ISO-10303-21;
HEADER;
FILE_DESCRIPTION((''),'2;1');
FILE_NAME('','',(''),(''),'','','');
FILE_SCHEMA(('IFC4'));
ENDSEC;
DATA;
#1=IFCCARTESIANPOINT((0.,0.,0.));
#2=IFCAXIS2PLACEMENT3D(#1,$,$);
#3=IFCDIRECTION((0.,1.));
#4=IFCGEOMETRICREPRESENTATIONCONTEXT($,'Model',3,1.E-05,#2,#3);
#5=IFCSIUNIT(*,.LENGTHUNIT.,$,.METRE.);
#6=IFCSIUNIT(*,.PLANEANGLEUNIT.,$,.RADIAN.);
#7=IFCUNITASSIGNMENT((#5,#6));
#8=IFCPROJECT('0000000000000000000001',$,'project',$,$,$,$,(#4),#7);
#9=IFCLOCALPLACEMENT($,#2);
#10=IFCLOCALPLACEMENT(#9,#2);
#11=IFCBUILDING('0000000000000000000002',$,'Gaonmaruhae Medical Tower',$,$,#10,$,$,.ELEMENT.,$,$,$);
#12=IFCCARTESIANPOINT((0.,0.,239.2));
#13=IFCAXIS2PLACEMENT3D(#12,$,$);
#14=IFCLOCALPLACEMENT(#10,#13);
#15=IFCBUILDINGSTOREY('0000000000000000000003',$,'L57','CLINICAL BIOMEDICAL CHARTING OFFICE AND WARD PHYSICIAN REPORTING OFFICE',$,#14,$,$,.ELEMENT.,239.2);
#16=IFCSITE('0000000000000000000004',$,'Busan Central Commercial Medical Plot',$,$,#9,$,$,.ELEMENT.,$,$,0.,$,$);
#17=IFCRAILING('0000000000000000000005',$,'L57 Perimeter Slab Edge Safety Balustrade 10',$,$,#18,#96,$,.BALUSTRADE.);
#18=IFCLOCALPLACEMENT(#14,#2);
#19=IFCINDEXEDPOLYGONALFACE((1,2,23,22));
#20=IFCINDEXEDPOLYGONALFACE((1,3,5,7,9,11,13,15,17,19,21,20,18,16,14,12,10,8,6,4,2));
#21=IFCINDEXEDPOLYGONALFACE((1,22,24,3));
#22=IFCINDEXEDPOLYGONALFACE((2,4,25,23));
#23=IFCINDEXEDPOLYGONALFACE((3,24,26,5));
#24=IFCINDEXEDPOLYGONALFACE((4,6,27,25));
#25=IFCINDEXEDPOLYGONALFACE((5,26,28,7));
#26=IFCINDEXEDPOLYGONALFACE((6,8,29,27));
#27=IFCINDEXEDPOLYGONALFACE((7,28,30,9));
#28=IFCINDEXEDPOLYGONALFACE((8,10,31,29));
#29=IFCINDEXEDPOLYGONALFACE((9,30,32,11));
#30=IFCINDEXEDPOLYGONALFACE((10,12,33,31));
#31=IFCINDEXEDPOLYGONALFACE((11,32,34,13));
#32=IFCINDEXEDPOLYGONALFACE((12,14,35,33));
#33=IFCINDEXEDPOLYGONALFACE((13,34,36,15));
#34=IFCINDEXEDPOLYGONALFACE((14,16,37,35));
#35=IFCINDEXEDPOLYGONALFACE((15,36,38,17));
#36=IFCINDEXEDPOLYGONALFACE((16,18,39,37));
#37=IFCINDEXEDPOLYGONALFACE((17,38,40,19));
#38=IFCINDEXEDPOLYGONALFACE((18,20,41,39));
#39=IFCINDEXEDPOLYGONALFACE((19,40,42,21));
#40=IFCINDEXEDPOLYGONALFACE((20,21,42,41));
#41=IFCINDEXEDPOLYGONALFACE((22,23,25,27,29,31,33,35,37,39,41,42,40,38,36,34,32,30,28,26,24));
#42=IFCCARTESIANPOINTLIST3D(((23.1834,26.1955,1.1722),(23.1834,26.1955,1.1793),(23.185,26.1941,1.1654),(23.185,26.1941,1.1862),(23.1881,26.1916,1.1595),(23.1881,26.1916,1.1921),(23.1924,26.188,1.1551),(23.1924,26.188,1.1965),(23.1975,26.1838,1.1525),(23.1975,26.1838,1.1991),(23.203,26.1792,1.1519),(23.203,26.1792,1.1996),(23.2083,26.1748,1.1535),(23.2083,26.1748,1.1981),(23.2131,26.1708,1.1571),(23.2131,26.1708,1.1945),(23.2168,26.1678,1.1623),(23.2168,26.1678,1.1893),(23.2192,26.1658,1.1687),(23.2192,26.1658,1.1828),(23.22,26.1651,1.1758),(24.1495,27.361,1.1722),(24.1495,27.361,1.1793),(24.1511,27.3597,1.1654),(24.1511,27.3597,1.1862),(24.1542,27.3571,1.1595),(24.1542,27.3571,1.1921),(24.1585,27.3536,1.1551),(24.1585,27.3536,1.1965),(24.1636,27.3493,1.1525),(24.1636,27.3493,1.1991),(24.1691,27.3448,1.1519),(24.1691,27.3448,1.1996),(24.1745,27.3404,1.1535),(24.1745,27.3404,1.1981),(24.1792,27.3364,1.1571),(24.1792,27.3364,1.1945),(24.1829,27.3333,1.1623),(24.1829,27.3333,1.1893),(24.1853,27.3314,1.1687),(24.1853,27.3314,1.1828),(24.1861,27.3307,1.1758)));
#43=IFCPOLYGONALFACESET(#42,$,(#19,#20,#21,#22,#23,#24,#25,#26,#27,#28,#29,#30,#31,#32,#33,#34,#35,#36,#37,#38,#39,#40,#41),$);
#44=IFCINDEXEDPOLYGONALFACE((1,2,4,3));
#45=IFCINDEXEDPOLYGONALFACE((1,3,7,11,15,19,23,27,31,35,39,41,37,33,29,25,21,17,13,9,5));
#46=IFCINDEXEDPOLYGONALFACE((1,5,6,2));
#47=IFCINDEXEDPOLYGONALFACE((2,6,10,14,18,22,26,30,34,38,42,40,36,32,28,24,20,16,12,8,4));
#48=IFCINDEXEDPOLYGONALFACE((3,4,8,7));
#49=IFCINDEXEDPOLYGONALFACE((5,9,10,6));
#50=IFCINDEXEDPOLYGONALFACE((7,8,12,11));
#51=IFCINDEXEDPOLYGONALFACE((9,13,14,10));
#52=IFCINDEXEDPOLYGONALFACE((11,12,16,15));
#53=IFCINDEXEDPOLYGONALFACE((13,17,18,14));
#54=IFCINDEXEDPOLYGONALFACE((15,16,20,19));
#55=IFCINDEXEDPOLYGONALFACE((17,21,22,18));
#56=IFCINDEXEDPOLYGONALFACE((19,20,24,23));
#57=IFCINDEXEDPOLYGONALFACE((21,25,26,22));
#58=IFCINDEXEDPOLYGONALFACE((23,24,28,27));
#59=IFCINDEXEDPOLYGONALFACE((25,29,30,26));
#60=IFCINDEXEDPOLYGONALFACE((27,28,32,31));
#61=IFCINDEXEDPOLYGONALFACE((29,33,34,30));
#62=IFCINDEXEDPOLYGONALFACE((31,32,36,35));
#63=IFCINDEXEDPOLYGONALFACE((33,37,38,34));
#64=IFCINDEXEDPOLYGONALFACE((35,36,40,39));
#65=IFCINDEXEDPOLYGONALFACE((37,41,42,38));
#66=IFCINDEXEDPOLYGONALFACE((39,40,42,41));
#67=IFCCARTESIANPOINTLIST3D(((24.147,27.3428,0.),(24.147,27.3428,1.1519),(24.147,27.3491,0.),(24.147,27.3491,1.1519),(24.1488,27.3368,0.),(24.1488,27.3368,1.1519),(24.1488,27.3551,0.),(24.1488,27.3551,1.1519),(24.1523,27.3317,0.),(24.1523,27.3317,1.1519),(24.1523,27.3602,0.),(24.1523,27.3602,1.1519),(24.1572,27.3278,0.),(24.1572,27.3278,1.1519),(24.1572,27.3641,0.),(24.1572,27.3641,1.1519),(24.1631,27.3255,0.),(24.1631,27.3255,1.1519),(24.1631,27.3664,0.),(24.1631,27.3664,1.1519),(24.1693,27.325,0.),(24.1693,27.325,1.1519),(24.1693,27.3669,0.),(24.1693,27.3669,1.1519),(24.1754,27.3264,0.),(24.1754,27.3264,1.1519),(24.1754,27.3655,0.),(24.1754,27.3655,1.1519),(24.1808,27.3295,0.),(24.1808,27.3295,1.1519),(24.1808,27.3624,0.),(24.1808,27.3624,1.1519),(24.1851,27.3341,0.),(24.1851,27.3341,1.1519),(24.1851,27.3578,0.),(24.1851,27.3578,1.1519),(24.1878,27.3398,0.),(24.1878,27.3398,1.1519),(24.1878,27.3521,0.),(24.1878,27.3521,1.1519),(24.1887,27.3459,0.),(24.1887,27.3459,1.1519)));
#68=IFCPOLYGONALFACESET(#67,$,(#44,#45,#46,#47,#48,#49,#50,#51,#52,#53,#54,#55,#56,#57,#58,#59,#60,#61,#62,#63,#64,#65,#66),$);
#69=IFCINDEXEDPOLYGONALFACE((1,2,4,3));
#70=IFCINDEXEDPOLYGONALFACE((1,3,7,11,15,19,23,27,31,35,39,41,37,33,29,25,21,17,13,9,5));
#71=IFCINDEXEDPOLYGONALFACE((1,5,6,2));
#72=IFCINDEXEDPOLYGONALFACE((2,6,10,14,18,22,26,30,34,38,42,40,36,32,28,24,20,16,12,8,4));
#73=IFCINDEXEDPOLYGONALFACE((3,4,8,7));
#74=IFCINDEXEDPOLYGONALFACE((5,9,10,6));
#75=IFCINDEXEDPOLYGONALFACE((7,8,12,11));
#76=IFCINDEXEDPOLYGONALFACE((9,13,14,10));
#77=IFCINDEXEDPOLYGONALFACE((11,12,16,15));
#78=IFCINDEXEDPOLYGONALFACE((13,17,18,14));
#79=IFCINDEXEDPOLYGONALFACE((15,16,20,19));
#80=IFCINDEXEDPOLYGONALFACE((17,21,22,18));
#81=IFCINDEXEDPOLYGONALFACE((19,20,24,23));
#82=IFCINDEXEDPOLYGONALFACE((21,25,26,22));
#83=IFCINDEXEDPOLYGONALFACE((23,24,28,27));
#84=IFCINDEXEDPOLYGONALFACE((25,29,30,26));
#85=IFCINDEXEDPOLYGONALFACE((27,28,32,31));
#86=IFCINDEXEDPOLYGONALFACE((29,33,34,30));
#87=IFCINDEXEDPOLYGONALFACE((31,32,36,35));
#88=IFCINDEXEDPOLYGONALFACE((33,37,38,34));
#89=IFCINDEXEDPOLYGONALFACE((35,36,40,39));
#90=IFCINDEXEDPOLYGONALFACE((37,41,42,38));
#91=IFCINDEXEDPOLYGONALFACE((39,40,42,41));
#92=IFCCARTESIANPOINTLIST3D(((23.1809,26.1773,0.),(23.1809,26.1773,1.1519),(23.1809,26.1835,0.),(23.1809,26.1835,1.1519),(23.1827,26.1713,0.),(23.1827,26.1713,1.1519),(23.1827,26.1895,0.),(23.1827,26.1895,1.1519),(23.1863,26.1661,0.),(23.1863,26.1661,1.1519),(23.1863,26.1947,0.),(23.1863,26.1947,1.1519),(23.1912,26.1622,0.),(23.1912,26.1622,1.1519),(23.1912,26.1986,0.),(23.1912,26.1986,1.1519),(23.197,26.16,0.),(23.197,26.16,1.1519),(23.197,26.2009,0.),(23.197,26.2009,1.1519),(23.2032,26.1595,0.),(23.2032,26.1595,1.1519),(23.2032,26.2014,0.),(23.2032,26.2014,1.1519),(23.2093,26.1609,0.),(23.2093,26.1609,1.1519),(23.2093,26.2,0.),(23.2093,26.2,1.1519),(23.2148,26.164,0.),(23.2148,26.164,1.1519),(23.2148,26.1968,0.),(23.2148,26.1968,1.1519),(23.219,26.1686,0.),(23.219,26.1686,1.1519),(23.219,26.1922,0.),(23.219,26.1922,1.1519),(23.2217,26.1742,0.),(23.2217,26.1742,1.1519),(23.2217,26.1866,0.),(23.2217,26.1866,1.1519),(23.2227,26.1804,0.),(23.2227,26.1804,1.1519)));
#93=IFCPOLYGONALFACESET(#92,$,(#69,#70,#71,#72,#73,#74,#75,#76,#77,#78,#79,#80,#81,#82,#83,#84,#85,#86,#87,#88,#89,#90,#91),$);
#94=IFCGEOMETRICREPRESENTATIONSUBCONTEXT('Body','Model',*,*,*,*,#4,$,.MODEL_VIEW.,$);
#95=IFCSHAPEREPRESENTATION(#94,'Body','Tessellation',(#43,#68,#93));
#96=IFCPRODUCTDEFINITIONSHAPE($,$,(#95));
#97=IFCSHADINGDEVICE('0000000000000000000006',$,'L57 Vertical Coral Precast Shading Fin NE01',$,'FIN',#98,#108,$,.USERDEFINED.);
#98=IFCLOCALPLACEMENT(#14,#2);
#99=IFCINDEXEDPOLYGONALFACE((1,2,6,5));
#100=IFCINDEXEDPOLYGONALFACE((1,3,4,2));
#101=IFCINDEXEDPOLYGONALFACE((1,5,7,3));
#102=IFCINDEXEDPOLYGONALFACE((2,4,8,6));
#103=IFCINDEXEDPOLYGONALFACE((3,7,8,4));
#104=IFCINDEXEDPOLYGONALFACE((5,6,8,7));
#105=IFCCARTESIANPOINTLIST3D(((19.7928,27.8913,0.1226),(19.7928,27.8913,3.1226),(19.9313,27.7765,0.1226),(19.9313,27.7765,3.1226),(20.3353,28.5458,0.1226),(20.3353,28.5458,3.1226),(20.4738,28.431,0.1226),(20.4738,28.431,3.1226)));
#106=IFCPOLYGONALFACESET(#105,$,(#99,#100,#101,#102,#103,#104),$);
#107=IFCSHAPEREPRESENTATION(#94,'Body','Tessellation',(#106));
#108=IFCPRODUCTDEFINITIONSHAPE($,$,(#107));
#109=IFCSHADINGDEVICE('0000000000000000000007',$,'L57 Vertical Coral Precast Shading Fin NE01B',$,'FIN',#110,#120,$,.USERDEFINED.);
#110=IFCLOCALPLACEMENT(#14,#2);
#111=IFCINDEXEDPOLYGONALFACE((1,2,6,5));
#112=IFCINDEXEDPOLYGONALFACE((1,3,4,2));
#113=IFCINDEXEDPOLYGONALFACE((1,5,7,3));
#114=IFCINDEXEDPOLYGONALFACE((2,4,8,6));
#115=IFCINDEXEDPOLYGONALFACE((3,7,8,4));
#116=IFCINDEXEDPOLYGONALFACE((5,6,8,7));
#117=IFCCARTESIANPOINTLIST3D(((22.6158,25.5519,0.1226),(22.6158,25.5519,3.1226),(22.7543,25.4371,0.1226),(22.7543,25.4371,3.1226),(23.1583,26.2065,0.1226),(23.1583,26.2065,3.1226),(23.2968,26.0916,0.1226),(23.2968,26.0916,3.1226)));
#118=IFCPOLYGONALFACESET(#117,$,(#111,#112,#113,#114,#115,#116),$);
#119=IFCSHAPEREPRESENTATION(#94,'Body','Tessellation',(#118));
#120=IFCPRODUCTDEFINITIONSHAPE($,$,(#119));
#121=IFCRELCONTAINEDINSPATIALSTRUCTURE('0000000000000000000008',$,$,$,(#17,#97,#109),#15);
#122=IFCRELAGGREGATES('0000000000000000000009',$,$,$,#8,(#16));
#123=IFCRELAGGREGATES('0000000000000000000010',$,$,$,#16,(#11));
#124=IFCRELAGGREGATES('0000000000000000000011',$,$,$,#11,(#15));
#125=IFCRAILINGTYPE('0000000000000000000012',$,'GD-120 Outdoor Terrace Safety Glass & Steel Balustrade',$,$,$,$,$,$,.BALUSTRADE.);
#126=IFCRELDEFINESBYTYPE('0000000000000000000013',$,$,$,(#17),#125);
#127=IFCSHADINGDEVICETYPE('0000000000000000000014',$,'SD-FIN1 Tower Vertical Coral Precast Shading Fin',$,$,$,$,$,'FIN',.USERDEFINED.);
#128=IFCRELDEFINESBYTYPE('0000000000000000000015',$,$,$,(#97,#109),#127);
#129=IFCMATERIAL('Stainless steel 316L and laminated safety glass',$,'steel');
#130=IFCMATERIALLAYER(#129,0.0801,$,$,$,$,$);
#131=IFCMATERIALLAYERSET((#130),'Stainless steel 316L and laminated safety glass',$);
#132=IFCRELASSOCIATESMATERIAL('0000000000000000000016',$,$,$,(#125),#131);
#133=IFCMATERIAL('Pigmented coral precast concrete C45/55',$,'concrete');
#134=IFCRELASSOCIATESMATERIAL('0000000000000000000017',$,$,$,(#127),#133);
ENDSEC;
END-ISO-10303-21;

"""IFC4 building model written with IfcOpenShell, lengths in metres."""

from ifc_helpers import new_model, si_unit, direction, frame, origin, origin_2d, place, context, subcontext, project, spatial, rectangle, circle, extrude, material, layer, layer_set, type_object, element, save


model = new_model("IFC4")

# Units and contexts
model_context = context("Model", 3, precision=1e-05, world=origin(), true_north=direction((0.0, 1.0)))
body_context = subcontext(model_context, "Body", "Model", "MODEL_VIEW")
ifc_project = project(units=[si_unit("LENGTHUNIT", "METRE"), si_unit("PLANEANGLEUNIT", "RADIAN")], contexts=[model_context])

# Site, building, storey
site_placement = place(None, origin())
site = spatial("IfcSite", under=ifc_project, at=site_placement, Name="Busan Central Commercial Medical Plot", CompositionType="ELEMENT", RefElevation=0.0)
building_placement = place(site_placement, origin())
building = spatial("IfcBuilding", under=site, at=building_placement, Name="Gaonmaruhae Medical Tower", CompositionType="ELEMENT")
storey_placement = place(building_placement, frame((0.0, 0.0, 239.2)))
storey = spatial("IfcBuildingStorey", under=building, at=storey_placement, Name="L57", Description="CLINICAL BIOMEDICAL CHARTING OFFICE AND WARD PHYSICIAN REPORTING OFFICE", CompositionType="ELEMENT", Elevation=239.2)

# Railing
ifc_material_1 = material(Name="Stainless steel 316L and laminated safety glass", Category="steel")
ifc_layer_1 = layer(ifc_material_1, 0.0801)
ifc_layer_set_1 = layer_set([ifc_layer_1], Name="Stainless steel 316L and laminated safety glass")
railing_type = type_object("IfcRailingType", Name="GD-120 Outdoor Terrace Safety Glass & Steel Balustrade", PredefinedType="BALUSTRADE", material=ifc_layer_set_1)
railing_1_placement = place(storey_placement, frame((24.1677, 27.3459, 0.0)))
element("IfcRailing", 1, at=railing_1_placement, inside=storey, type_object=railing_type, Name="L57 Perimeter Slab Edge Safety Balustrade 10", PredefinedType="BALUSTRADE", context=body_context, shape_type="SweptSolid", body=[
    extrude(circle(Radius=0.0239, at=origin_2d()), frame((0.0, 0.0, 1.1758), z_axis=(-0.638152, -0.769911, 0.0), x_axis=(0.769911, -0.638152, 0.0)), (0.0, 0.0, 1.0), 1.5139),
    extrude(circle(Radius=0.021, at=origin_2d()), origin(), (0.0, 0.0, 1.0), 1.1519),
    extrude(circle(Radius=0.021, at=origin_2d()), frame((-0.9661, -1.1655, 0.0)), (0.0, 0.0, 1.0), 1.1519),
])

# Shading devices
ifc_material_2 = material(Name="Pigmented coral precast concrete C45/55", Category="concrete")
shading_device_type = type_object("IfcShadingDeviceType", Name="SD-FIN1 Tower Vertical Coral Precast Shading Fin", ElementType="FIN", PredefinedType="USERDEFINED", material=ifc_material_2)
for number, where, z_axis, x_axis, name in (
    (2, (20.1333, 28.1611, 0.1226), (0.0, 0.0, 1.0), (0.769957, -0.638096, 0.0), "L57 Vertical Coral Precast Shading Fin NE01"),
    (3, (22.9563, 25.8218, 0.1226), (0.0, 0.0, 1.0), (0.769957, -0.638096, 0.0), "L57 Vertical Coral Precast Shading Fin NE01B"),
):
    element("IfcShadingDevice", number, at=place(storey_placement, frame(where, z_axis=z_axis, x_axis=x_axis)), inside=storey, type_object=shading_device_type, Name=name, ObjectType="FIN", PredefinedType="USERDEFINED", context=body_context, shape_type="SweptSolid", body=[
        extrude(rectangle(XDim=0.1799, YDim=0.8501, at=origin_2d()), origin(), (0.0, 0.0, 1.0), 3.0),
    ])

save(model, "model.ifc")
